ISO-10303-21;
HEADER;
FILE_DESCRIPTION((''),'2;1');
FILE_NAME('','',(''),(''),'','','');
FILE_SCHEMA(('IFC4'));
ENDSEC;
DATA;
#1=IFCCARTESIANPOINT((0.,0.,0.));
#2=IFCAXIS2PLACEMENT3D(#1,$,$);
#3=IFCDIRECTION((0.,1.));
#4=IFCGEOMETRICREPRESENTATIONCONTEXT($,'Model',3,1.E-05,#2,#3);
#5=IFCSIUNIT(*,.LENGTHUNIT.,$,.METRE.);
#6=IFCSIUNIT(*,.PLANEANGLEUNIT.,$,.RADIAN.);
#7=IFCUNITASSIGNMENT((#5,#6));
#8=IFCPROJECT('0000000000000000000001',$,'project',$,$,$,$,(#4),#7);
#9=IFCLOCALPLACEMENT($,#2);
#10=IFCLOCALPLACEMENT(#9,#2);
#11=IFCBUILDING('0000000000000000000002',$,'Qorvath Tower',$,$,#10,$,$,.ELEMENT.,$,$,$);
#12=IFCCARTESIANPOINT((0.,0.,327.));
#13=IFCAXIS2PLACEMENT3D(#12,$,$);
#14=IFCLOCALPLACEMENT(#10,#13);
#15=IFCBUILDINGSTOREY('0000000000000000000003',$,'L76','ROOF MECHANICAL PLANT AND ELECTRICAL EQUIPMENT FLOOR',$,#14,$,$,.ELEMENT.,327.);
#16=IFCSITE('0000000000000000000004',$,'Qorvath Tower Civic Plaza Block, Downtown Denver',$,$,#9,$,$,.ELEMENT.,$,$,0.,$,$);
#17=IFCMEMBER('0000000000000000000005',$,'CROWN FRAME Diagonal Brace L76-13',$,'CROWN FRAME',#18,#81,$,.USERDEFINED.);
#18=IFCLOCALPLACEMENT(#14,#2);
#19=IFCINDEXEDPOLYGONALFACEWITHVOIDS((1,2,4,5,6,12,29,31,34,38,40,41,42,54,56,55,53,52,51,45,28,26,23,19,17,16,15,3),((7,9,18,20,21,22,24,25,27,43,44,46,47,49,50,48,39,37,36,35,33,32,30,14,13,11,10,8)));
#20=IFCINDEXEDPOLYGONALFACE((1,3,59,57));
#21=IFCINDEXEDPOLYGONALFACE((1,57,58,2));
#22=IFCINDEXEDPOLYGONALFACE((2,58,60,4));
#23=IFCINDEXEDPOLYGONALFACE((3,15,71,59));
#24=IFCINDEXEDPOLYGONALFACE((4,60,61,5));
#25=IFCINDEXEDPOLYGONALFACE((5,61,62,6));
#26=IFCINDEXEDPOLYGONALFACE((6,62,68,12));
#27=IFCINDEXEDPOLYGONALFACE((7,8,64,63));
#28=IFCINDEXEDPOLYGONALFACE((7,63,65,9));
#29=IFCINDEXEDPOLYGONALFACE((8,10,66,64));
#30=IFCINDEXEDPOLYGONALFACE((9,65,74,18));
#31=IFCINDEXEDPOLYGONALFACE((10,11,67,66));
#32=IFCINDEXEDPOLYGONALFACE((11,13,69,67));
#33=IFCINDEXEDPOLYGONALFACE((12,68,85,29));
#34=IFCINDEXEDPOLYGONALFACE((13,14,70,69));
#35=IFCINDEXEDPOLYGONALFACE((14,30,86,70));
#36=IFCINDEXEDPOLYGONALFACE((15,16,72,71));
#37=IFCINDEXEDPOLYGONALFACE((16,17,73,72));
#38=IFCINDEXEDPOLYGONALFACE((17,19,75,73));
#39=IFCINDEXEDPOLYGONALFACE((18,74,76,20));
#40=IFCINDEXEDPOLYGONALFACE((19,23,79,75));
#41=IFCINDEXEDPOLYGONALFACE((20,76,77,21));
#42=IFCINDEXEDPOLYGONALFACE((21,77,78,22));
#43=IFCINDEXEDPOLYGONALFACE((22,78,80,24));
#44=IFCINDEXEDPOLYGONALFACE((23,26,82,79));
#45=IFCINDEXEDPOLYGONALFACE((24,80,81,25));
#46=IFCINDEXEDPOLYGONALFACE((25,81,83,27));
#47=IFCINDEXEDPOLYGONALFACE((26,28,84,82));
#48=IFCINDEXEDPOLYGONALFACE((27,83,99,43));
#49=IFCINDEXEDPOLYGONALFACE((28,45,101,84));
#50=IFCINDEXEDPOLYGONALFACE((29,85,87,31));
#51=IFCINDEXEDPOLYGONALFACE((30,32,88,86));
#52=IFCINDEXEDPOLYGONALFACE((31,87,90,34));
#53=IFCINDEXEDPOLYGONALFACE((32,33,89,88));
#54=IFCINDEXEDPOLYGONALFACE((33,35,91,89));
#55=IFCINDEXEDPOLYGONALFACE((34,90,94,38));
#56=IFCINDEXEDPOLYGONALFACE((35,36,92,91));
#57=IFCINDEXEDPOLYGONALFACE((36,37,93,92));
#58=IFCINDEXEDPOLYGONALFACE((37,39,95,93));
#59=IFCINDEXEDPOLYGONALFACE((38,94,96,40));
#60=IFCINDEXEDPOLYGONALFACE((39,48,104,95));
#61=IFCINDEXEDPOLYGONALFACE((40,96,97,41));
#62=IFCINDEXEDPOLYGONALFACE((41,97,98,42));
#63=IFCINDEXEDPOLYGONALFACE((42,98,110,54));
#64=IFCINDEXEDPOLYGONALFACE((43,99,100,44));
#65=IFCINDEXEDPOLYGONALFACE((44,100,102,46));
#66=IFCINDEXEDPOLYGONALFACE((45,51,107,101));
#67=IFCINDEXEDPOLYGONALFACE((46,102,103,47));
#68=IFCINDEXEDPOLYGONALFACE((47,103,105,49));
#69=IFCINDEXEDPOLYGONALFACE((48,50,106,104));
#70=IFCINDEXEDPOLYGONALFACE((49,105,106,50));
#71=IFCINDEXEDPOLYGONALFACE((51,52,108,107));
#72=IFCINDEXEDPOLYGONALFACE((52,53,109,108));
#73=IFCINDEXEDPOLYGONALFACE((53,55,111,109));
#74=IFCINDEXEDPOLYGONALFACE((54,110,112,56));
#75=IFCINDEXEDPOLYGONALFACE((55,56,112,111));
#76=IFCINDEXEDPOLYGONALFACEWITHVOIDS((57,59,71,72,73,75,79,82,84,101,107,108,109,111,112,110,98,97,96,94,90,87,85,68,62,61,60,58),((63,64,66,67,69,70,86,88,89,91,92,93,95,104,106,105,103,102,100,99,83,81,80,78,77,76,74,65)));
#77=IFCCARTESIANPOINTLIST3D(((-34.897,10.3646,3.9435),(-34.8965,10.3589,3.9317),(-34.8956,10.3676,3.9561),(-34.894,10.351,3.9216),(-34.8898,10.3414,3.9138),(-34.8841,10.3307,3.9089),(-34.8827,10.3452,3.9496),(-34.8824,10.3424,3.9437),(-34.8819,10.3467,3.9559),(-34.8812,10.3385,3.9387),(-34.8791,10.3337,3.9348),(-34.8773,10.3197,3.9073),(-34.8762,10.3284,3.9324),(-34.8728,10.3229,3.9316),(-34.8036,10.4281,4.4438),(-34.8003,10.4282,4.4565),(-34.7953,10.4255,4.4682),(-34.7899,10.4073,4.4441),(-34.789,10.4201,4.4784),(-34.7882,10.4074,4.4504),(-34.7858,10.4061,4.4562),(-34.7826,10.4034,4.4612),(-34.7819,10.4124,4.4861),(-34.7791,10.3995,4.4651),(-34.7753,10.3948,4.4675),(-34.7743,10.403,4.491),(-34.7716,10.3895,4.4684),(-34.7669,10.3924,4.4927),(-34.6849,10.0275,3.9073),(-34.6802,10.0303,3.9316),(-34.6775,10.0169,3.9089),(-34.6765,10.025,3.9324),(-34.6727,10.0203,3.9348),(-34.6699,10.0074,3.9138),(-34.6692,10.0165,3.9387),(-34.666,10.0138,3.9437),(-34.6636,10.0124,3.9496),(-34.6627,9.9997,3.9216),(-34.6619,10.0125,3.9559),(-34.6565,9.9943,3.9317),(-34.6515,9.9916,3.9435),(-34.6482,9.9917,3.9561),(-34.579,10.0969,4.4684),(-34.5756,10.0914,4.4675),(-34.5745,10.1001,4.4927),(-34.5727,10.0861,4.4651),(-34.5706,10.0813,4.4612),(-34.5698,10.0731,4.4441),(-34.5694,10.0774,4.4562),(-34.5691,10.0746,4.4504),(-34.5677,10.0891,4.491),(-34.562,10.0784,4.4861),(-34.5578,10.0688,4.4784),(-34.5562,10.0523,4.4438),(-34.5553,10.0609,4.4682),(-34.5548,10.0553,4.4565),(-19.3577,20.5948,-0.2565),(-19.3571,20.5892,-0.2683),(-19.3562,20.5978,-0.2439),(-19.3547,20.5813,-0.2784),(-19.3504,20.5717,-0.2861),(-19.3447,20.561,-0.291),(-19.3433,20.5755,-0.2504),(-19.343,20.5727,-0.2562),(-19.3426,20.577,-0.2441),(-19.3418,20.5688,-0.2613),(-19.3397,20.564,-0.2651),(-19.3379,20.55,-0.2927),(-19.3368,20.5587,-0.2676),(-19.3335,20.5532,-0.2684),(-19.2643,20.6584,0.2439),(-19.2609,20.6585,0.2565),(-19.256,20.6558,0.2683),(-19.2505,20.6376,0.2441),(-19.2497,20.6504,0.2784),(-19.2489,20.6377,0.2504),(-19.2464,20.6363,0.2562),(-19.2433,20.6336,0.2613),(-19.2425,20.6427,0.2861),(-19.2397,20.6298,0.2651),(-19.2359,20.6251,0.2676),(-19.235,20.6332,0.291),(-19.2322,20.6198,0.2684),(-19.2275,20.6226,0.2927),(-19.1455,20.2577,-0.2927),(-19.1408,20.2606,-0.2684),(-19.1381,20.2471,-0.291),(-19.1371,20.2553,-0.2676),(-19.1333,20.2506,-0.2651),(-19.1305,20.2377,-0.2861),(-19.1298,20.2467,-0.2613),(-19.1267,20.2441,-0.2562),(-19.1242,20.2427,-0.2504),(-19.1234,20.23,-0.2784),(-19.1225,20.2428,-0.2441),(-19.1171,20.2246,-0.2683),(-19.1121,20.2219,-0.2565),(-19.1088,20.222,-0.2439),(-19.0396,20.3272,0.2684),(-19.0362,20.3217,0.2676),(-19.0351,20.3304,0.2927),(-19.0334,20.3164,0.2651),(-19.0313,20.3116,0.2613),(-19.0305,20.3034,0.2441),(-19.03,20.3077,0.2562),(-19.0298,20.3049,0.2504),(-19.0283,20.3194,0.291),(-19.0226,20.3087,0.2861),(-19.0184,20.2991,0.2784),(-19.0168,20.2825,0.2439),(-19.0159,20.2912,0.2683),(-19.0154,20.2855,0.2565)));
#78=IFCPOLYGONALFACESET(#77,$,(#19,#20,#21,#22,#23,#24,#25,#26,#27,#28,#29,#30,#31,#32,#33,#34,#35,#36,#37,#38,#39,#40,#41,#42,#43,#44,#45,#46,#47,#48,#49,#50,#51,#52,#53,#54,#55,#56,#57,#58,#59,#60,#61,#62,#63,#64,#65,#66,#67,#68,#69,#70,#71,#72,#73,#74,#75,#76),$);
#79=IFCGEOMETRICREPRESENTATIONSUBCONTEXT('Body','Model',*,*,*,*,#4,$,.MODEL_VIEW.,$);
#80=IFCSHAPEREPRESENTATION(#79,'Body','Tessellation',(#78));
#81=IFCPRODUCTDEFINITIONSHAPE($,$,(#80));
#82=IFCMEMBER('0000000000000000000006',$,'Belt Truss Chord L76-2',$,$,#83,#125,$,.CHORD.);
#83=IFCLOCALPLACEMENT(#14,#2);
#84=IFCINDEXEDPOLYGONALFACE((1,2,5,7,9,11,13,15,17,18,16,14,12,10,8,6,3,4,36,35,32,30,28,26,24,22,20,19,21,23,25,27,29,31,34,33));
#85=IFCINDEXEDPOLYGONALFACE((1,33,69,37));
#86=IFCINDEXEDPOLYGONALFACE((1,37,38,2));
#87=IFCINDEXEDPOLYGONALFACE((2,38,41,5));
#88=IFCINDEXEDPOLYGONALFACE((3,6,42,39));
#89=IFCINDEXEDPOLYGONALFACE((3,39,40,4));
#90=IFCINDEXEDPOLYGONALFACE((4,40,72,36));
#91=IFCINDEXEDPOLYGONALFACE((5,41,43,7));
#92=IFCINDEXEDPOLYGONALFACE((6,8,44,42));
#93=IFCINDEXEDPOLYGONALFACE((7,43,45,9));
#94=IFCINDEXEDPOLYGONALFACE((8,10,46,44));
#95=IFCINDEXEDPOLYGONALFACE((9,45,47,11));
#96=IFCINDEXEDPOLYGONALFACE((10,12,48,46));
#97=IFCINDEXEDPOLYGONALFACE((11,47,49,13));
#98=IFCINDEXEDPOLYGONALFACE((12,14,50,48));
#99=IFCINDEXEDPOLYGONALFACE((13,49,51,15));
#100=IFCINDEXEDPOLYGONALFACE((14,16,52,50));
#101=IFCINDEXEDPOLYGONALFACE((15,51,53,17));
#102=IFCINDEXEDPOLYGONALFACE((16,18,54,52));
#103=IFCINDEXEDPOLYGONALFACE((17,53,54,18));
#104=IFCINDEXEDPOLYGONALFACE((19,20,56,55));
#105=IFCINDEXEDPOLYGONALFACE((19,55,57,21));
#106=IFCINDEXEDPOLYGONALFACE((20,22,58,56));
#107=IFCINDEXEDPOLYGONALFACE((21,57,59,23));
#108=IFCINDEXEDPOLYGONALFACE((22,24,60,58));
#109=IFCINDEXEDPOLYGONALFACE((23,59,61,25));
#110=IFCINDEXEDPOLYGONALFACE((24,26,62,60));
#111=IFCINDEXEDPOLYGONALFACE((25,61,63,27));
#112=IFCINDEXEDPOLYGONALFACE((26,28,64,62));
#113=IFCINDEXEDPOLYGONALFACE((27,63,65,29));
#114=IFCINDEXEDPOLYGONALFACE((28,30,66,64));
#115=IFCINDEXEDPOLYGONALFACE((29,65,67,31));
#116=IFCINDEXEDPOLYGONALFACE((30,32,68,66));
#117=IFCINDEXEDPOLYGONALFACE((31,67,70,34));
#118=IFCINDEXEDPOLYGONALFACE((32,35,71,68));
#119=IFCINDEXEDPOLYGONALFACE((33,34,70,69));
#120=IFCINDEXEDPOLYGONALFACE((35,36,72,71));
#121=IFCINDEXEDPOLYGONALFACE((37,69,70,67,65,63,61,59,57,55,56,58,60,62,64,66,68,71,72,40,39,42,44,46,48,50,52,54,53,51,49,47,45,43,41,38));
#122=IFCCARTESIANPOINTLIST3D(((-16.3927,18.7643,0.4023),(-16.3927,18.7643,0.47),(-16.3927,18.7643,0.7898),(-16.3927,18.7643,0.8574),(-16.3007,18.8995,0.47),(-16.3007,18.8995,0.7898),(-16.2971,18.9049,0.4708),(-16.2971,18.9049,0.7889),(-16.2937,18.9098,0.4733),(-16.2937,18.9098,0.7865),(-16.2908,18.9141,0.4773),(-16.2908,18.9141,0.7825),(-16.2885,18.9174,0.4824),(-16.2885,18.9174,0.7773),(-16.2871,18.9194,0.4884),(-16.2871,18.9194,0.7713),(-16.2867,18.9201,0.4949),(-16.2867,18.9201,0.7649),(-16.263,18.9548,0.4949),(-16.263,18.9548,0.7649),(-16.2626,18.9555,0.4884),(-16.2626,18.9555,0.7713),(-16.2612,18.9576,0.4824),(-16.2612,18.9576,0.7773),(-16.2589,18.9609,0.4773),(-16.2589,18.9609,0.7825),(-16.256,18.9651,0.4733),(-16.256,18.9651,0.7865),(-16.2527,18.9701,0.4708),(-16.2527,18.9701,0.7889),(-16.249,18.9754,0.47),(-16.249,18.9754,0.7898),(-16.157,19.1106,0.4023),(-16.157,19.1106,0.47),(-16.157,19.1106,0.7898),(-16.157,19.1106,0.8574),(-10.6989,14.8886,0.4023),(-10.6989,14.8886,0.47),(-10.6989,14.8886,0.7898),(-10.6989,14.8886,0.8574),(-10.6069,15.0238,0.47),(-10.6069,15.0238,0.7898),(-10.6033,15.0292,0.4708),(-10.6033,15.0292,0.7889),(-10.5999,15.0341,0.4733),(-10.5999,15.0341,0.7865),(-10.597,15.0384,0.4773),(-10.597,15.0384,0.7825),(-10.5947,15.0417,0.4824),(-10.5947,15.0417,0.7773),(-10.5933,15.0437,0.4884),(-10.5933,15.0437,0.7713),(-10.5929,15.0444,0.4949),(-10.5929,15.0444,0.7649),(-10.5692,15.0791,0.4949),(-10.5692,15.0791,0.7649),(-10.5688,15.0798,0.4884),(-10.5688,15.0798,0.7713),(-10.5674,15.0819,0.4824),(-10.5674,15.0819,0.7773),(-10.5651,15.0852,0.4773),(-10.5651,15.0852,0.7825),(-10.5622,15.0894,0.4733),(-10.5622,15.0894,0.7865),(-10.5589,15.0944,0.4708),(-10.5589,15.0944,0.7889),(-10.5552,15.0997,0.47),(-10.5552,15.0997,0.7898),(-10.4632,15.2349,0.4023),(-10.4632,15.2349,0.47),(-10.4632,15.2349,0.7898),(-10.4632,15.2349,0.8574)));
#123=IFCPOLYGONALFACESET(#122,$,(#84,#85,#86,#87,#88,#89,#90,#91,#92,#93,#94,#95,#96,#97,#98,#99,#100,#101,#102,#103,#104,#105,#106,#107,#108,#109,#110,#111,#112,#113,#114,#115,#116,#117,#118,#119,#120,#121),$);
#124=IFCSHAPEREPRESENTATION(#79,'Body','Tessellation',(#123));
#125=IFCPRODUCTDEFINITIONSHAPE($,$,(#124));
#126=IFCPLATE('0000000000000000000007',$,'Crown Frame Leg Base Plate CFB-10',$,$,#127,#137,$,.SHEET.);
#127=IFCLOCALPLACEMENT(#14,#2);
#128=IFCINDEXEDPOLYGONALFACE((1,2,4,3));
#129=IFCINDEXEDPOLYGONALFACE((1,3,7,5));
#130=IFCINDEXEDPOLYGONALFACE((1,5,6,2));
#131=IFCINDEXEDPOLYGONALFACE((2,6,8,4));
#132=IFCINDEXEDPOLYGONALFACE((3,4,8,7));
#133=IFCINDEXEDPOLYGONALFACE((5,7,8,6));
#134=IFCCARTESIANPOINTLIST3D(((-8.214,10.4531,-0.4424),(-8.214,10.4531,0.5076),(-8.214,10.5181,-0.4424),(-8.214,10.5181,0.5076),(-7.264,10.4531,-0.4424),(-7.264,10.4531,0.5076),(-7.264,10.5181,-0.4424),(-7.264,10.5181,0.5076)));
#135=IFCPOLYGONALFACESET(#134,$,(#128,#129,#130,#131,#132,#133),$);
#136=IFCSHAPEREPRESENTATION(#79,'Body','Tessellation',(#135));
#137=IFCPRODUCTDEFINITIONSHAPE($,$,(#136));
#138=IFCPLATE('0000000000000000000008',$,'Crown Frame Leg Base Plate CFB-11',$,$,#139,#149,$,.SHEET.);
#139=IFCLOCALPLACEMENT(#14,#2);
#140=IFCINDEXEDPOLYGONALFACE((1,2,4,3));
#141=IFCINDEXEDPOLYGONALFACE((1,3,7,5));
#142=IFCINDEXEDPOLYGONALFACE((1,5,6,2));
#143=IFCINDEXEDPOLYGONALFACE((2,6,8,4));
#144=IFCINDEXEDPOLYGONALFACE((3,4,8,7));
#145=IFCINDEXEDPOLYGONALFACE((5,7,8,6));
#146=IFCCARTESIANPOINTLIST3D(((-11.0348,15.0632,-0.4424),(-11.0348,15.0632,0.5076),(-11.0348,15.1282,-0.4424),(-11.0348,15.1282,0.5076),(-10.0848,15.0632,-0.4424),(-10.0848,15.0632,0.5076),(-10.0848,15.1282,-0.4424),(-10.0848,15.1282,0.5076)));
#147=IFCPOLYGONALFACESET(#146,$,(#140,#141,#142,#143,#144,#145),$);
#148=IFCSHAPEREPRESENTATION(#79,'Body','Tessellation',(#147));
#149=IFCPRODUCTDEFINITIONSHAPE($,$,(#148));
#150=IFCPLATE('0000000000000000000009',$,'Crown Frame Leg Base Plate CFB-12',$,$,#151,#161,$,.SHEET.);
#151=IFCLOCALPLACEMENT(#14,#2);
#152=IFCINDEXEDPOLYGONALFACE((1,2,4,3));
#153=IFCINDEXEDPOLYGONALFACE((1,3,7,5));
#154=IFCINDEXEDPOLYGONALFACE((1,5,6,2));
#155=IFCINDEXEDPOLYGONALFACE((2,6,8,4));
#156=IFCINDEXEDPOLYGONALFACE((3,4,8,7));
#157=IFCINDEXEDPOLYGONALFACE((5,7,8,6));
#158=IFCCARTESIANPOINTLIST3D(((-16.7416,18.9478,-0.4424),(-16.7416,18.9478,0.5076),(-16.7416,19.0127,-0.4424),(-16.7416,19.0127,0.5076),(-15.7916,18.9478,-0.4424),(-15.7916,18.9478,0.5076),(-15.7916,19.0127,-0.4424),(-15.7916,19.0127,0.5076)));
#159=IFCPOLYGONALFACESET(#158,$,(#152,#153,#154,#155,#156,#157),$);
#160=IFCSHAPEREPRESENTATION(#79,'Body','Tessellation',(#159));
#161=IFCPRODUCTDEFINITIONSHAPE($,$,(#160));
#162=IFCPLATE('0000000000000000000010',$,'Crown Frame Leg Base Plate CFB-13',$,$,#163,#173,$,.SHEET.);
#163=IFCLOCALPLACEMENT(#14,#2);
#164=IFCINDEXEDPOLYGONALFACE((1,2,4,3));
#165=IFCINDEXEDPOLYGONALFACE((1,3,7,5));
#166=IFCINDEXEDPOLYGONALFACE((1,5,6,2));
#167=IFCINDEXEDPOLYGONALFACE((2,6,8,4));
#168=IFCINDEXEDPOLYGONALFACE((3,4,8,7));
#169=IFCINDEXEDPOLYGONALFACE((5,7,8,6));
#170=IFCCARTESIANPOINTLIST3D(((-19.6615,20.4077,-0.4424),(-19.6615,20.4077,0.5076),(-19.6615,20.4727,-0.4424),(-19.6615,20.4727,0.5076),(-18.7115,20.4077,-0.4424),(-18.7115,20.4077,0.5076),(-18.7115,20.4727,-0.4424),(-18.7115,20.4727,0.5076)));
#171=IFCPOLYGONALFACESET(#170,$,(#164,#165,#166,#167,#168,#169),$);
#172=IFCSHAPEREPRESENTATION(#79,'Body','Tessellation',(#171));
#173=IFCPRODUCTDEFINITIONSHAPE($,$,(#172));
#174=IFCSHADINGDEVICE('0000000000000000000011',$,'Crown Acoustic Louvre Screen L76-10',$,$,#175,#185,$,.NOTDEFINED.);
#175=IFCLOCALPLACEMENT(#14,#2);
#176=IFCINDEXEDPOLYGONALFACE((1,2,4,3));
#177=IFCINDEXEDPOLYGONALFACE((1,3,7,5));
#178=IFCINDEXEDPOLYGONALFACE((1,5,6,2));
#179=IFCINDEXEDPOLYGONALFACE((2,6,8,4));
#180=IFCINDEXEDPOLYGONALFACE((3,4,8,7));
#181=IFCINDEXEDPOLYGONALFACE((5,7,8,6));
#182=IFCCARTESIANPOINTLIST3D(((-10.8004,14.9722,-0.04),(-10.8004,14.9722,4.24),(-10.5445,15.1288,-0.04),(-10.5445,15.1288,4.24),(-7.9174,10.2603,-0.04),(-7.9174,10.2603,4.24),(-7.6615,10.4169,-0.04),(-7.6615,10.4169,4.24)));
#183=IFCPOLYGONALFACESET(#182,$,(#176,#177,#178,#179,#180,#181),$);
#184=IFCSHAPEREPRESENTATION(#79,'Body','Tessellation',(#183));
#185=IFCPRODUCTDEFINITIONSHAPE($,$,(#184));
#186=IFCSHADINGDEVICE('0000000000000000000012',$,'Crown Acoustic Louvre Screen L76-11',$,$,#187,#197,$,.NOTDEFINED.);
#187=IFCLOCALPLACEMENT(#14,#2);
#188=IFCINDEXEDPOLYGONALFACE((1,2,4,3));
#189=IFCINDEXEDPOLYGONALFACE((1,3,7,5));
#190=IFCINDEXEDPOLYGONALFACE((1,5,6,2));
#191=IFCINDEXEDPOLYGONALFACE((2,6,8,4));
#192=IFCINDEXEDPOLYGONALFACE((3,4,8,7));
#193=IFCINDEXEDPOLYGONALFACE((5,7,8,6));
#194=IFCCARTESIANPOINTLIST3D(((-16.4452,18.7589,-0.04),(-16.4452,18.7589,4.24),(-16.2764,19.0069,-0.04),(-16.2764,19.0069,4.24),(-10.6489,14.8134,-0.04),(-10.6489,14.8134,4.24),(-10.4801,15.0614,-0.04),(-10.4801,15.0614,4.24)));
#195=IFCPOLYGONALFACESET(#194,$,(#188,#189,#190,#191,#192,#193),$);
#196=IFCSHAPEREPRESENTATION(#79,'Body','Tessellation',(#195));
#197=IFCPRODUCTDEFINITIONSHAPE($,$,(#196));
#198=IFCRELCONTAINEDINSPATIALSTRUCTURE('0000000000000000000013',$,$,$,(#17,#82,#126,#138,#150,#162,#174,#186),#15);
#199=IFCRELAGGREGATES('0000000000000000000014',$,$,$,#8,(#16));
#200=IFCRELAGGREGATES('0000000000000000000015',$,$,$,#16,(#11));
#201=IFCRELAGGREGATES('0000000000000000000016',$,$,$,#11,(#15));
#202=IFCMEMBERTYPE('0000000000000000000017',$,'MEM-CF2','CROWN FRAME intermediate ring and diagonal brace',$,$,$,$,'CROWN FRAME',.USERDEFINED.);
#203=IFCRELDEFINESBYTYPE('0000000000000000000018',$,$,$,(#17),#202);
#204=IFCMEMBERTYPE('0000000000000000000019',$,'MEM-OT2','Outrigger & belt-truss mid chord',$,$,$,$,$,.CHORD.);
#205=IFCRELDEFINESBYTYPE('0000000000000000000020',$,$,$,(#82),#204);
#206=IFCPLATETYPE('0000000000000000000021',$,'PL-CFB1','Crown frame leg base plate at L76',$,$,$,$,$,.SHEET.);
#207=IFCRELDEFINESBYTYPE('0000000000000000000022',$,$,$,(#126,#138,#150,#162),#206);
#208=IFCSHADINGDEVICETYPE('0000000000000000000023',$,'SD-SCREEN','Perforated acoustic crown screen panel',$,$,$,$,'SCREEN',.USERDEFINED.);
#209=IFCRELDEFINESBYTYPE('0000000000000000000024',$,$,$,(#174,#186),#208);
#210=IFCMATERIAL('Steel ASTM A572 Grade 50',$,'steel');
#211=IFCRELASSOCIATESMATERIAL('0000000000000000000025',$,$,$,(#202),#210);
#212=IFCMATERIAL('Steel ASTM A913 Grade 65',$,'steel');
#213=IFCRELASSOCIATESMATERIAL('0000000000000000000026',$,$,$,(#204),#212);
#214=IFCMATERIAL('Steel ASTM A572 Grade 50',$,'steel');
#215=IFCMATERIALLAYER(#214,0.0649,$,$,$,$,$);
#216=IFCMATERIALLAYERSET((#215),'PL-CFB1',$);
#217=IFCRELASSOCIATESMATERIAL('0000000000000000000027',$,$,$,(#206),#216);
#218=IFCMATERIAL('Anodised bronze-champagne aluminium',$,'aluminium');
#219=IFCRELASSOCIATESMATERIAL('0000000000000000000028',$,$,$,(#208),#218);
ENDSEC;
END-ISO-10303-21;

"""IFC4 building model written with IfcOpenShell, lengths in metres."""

from ifc_helpers import new_model, si_unit, direction, frame, origin, origin_2d, place, context, subcontext, project, spatial, rectangle, hollow_rectangle, i_section, extrude, material, layer, layer_set, material_profile, profile_set, type_object, element, save


model = new_model("IFC4")

# Units and contexts
model_context = context("Model", 3, precision=1e-05, world=origin(), true_north=direction((0.0, 1.0)))
body_context = subcontext(model_context, "Body", "Model", "MODEL_VIEW")
ifc_project = project(units=[si_unit("LENGTHUNIT", "METRE"), si_unit("PLANEANGLEUNIT", "RADIAN")], contexts=[model_context])

# Site, building, storey
site_placement = place(None, origin())
site = spatial("IfcSite", under=ifc_project, at=site_placement, Name="Qorvath Tower Civic Plaza Block, Downtown Denver", CompositionType="ELEMENT", RefElevation=0.0)
building_placement = place(site_placement, origin())
building = spatial("IfcBuilding", under=site, at=building_placement, Name="Qorvath Tower", CompositionType="ELEMENT")
storey_placement = place(building_placement, frame((0.0, 0.0, 327.0)))
storey = spatial("IfcBuildingStorey", under=building, at=storey_placement, Name="L76", Description="ROOF MECHANICAL PLANT AND ELECTRICAL EQUIPMENT FLOOR", CompositionType="ELEMENT", Elevation=327.0)

# Members
ifc_material_1 = material(Name="Steel ASTM A572 Grade 50", Category="steel")
ifc_material_profile_1 = material_profile(ifc_material_1, hollow_rectangle(XDim=0.45, YDim=0.6001, WallThickness=0.0249, InnerFilletRadius=0.0249, OuterFilletRadius=0.05, at=origin_2d()), Name="CROWN BOX 600x450x25")
ifc_profile_set_1 = profile_set([ifc_material_profile_1], Name="Steel ASTM A572 Grade 50")
member_type_1 = type_object("IfcMemberType", Name="MEM-CF2", Description="CROWN FRAME intermediate ring and diagonal brace", ElementType="CROWN FRAME", PredefinedType="USERDEFINED", material=ifc_profile_set_1)
member_1_placement = place(storey_placement, frame((-19.1865, 20.4402, 0.0), z_axis=(-0.814742, -0.536381, 0.220208), x_axis=(0.549879, -0.835244, 0.0)))
element("IfcMember", 1, at=member_1_placement, inside=storey, type_object=member_type_1, Name="CROWN FRAME Diagonal Brace L76-13", ObjectType="CROWN FRAME", PredefinedType="USERDEFINED", context=body_context, shape_type="SweptSolid", body=[
    extrude(hollow_rectangle(XDim=0.45, YDim=0.6001, WallThickness=0.0249, InnerFilletRadius=0.0249, OuterFilletRadius=0.05, at=origin_2d()), origin(), (0.0, 0.0, 1.0), 19.0728),
])
ifc_material_2 = material(Name="Steel ASTM A913 Grade 65", Category="steel")
ifc_material_profile_2 = material_profile(ifc_material_2, i_section(OverallWidth=0.4189, OverallDepth=0.4551, WebThickness=0.042, FlangeThickness=0.0676, FilletRadius=0.0249, at=origin_2d()), Name="W14x370")
ifc_profile_set_2 = profile_set([ifc_material_profile_2], Name="Steel ASTM A913 Grade 65")
member_type_2 = type_object("IfcMemberType", Name="MEM-OT2", Description="Outrigger & belt-truss mid chord", PredefinedType="CHORD", material=ifc_profile_set_2)
member_2_placement = place(storey_placement, frame((-10.5811, 15.0618, 0.6299), z_axis=(-0.826662, 0.562699, 0.0), x_axis=(-0.562699, -0.826662, 0.0)))
element("IfcMember", 2, at=member_2_placement, inside=storey, type_object=member_type_2, Name="Belt Truss Chord L76-2", PredefinedType="CHORD", context=body_context, shape_type="SweptSolid", body=[
    extrude(i_section(OverallWidth=0.4189, OverallDepth=0.4551, WebThickness=0.042, FlangeThickness=0.0676, FilletRadius=0.0249, at=origin_2d()), origin(), (0.0, 0.0, 1.0), 6.8877),
])

# Plates
ifc_material_3 = material(Name="Steel ASTM A572 Grade 50", Category="steel")
ifc_layer = layer(ifc_material_3, 0.0649)
ifc_layer_set = layer_set([ifc_layer], Name="PL-CFB1")
plate_type = type_object("IfcPlateType", Name="PL-CFB1", Description="Crown frame leg base plate at L76", PredefinedType="SHEET", material=ifc_layer_set)
for number, where, z_axis, x_axis, name in (
    (3, (-7.739, 10.4856, -0.4424), (0.0, 0.0, 1.0), (1.0, 0.0, 0.0), "Crown Frame Leg Base Plate CFB-10"),
    (4, (-10.5598, 15.0957, -0.4424), (0.0, 0.0, 1.0), (1.0, 0.0, 0.0), "Crown Frame Leg Base Plate CFB-11"),
    (5, (-16.2666, 18.9802, -0.4424), (0.0, 0.0, 1.0), (1.0, 0.0, 0.0), "Crown Frame Leg Base Plate CFB-12"),
    (6, (-19.1865, 20.4402, -0.4424), (0.0, 0.0, 1.0), (1.0, 0.0, 0.0), "Crown Frame Leg Base Plate CFB-13"),
):
    element("IfcPlate", number, at=place(storey_placement, frame(where, z_axis=z_axis, x_axis=x_axis)), inside=storey, type_object=plate_type, Name=name, PredefinedType="SHEET", context=body_context, shape_type="SweptSolid", body=[
        extrude(rectangle(XDim=0.95, YDim=0.0649, at=origin_2d()), origin(), (0.0, 0.0, 1.0), 0.95),
    ])

# Shading devices
ifc_material_4 = material(Name="Anodised bronze-champagne aluminium", Category="aluminium")
shading_device_type = type_object("IfcShadingDeviceType", Name="SD-SCREEN", Description="Perforated acoustic crown screen panel", ElementType="SCREEN", PredefinedType="USERDEFINED", material=ifc_material_4)
shading_device_1_placement = place(storey_placement, frame((-9.231, 12.6946, -0.04), z_axis=(0.0, 0.0, 1.0), x_axis=(-0.521914, 0.852998, 0.0)))
element("IfcShadingDevice", 7, at=shading_device_1_placement, inside=storey, type_object=shading_device_type, Name="Crown Acoustic Louvre Screen L76-10", PredefinedType="NOTDEFINED", context=body_context, shape_type="SweptSolid", body=[
    extrude(rectangle(XDim=5.5239, YDim=0.3, at=origin_2d()), origin(), (0.0, 0.0, 1.0), 4.28),
])
shading_device_2_placement = place(storey_placement, frame((-13.4626, 16.9102, -0.04), z_axis=(0.0, 0.0, 1.0), x_axis=(-0.826661, 0.5627, 0.0)))
element("IfcShadingDevice", 8, at=shading_device_2_placement, inside=storey, type_object=shading_device_type, Name="Crown Acoustic Louvre Screen L76-11", PredefinedType="NOTDEFINED", context=body_context, shape_type="SweptSolid", body=[
    extrude(rectangle(XDim=7.0117, YDim=0.3, at=origin_2d()), origin(), (0.0, 0.0, 1.0), 4.28),
])

save(model, "model.ifc")
